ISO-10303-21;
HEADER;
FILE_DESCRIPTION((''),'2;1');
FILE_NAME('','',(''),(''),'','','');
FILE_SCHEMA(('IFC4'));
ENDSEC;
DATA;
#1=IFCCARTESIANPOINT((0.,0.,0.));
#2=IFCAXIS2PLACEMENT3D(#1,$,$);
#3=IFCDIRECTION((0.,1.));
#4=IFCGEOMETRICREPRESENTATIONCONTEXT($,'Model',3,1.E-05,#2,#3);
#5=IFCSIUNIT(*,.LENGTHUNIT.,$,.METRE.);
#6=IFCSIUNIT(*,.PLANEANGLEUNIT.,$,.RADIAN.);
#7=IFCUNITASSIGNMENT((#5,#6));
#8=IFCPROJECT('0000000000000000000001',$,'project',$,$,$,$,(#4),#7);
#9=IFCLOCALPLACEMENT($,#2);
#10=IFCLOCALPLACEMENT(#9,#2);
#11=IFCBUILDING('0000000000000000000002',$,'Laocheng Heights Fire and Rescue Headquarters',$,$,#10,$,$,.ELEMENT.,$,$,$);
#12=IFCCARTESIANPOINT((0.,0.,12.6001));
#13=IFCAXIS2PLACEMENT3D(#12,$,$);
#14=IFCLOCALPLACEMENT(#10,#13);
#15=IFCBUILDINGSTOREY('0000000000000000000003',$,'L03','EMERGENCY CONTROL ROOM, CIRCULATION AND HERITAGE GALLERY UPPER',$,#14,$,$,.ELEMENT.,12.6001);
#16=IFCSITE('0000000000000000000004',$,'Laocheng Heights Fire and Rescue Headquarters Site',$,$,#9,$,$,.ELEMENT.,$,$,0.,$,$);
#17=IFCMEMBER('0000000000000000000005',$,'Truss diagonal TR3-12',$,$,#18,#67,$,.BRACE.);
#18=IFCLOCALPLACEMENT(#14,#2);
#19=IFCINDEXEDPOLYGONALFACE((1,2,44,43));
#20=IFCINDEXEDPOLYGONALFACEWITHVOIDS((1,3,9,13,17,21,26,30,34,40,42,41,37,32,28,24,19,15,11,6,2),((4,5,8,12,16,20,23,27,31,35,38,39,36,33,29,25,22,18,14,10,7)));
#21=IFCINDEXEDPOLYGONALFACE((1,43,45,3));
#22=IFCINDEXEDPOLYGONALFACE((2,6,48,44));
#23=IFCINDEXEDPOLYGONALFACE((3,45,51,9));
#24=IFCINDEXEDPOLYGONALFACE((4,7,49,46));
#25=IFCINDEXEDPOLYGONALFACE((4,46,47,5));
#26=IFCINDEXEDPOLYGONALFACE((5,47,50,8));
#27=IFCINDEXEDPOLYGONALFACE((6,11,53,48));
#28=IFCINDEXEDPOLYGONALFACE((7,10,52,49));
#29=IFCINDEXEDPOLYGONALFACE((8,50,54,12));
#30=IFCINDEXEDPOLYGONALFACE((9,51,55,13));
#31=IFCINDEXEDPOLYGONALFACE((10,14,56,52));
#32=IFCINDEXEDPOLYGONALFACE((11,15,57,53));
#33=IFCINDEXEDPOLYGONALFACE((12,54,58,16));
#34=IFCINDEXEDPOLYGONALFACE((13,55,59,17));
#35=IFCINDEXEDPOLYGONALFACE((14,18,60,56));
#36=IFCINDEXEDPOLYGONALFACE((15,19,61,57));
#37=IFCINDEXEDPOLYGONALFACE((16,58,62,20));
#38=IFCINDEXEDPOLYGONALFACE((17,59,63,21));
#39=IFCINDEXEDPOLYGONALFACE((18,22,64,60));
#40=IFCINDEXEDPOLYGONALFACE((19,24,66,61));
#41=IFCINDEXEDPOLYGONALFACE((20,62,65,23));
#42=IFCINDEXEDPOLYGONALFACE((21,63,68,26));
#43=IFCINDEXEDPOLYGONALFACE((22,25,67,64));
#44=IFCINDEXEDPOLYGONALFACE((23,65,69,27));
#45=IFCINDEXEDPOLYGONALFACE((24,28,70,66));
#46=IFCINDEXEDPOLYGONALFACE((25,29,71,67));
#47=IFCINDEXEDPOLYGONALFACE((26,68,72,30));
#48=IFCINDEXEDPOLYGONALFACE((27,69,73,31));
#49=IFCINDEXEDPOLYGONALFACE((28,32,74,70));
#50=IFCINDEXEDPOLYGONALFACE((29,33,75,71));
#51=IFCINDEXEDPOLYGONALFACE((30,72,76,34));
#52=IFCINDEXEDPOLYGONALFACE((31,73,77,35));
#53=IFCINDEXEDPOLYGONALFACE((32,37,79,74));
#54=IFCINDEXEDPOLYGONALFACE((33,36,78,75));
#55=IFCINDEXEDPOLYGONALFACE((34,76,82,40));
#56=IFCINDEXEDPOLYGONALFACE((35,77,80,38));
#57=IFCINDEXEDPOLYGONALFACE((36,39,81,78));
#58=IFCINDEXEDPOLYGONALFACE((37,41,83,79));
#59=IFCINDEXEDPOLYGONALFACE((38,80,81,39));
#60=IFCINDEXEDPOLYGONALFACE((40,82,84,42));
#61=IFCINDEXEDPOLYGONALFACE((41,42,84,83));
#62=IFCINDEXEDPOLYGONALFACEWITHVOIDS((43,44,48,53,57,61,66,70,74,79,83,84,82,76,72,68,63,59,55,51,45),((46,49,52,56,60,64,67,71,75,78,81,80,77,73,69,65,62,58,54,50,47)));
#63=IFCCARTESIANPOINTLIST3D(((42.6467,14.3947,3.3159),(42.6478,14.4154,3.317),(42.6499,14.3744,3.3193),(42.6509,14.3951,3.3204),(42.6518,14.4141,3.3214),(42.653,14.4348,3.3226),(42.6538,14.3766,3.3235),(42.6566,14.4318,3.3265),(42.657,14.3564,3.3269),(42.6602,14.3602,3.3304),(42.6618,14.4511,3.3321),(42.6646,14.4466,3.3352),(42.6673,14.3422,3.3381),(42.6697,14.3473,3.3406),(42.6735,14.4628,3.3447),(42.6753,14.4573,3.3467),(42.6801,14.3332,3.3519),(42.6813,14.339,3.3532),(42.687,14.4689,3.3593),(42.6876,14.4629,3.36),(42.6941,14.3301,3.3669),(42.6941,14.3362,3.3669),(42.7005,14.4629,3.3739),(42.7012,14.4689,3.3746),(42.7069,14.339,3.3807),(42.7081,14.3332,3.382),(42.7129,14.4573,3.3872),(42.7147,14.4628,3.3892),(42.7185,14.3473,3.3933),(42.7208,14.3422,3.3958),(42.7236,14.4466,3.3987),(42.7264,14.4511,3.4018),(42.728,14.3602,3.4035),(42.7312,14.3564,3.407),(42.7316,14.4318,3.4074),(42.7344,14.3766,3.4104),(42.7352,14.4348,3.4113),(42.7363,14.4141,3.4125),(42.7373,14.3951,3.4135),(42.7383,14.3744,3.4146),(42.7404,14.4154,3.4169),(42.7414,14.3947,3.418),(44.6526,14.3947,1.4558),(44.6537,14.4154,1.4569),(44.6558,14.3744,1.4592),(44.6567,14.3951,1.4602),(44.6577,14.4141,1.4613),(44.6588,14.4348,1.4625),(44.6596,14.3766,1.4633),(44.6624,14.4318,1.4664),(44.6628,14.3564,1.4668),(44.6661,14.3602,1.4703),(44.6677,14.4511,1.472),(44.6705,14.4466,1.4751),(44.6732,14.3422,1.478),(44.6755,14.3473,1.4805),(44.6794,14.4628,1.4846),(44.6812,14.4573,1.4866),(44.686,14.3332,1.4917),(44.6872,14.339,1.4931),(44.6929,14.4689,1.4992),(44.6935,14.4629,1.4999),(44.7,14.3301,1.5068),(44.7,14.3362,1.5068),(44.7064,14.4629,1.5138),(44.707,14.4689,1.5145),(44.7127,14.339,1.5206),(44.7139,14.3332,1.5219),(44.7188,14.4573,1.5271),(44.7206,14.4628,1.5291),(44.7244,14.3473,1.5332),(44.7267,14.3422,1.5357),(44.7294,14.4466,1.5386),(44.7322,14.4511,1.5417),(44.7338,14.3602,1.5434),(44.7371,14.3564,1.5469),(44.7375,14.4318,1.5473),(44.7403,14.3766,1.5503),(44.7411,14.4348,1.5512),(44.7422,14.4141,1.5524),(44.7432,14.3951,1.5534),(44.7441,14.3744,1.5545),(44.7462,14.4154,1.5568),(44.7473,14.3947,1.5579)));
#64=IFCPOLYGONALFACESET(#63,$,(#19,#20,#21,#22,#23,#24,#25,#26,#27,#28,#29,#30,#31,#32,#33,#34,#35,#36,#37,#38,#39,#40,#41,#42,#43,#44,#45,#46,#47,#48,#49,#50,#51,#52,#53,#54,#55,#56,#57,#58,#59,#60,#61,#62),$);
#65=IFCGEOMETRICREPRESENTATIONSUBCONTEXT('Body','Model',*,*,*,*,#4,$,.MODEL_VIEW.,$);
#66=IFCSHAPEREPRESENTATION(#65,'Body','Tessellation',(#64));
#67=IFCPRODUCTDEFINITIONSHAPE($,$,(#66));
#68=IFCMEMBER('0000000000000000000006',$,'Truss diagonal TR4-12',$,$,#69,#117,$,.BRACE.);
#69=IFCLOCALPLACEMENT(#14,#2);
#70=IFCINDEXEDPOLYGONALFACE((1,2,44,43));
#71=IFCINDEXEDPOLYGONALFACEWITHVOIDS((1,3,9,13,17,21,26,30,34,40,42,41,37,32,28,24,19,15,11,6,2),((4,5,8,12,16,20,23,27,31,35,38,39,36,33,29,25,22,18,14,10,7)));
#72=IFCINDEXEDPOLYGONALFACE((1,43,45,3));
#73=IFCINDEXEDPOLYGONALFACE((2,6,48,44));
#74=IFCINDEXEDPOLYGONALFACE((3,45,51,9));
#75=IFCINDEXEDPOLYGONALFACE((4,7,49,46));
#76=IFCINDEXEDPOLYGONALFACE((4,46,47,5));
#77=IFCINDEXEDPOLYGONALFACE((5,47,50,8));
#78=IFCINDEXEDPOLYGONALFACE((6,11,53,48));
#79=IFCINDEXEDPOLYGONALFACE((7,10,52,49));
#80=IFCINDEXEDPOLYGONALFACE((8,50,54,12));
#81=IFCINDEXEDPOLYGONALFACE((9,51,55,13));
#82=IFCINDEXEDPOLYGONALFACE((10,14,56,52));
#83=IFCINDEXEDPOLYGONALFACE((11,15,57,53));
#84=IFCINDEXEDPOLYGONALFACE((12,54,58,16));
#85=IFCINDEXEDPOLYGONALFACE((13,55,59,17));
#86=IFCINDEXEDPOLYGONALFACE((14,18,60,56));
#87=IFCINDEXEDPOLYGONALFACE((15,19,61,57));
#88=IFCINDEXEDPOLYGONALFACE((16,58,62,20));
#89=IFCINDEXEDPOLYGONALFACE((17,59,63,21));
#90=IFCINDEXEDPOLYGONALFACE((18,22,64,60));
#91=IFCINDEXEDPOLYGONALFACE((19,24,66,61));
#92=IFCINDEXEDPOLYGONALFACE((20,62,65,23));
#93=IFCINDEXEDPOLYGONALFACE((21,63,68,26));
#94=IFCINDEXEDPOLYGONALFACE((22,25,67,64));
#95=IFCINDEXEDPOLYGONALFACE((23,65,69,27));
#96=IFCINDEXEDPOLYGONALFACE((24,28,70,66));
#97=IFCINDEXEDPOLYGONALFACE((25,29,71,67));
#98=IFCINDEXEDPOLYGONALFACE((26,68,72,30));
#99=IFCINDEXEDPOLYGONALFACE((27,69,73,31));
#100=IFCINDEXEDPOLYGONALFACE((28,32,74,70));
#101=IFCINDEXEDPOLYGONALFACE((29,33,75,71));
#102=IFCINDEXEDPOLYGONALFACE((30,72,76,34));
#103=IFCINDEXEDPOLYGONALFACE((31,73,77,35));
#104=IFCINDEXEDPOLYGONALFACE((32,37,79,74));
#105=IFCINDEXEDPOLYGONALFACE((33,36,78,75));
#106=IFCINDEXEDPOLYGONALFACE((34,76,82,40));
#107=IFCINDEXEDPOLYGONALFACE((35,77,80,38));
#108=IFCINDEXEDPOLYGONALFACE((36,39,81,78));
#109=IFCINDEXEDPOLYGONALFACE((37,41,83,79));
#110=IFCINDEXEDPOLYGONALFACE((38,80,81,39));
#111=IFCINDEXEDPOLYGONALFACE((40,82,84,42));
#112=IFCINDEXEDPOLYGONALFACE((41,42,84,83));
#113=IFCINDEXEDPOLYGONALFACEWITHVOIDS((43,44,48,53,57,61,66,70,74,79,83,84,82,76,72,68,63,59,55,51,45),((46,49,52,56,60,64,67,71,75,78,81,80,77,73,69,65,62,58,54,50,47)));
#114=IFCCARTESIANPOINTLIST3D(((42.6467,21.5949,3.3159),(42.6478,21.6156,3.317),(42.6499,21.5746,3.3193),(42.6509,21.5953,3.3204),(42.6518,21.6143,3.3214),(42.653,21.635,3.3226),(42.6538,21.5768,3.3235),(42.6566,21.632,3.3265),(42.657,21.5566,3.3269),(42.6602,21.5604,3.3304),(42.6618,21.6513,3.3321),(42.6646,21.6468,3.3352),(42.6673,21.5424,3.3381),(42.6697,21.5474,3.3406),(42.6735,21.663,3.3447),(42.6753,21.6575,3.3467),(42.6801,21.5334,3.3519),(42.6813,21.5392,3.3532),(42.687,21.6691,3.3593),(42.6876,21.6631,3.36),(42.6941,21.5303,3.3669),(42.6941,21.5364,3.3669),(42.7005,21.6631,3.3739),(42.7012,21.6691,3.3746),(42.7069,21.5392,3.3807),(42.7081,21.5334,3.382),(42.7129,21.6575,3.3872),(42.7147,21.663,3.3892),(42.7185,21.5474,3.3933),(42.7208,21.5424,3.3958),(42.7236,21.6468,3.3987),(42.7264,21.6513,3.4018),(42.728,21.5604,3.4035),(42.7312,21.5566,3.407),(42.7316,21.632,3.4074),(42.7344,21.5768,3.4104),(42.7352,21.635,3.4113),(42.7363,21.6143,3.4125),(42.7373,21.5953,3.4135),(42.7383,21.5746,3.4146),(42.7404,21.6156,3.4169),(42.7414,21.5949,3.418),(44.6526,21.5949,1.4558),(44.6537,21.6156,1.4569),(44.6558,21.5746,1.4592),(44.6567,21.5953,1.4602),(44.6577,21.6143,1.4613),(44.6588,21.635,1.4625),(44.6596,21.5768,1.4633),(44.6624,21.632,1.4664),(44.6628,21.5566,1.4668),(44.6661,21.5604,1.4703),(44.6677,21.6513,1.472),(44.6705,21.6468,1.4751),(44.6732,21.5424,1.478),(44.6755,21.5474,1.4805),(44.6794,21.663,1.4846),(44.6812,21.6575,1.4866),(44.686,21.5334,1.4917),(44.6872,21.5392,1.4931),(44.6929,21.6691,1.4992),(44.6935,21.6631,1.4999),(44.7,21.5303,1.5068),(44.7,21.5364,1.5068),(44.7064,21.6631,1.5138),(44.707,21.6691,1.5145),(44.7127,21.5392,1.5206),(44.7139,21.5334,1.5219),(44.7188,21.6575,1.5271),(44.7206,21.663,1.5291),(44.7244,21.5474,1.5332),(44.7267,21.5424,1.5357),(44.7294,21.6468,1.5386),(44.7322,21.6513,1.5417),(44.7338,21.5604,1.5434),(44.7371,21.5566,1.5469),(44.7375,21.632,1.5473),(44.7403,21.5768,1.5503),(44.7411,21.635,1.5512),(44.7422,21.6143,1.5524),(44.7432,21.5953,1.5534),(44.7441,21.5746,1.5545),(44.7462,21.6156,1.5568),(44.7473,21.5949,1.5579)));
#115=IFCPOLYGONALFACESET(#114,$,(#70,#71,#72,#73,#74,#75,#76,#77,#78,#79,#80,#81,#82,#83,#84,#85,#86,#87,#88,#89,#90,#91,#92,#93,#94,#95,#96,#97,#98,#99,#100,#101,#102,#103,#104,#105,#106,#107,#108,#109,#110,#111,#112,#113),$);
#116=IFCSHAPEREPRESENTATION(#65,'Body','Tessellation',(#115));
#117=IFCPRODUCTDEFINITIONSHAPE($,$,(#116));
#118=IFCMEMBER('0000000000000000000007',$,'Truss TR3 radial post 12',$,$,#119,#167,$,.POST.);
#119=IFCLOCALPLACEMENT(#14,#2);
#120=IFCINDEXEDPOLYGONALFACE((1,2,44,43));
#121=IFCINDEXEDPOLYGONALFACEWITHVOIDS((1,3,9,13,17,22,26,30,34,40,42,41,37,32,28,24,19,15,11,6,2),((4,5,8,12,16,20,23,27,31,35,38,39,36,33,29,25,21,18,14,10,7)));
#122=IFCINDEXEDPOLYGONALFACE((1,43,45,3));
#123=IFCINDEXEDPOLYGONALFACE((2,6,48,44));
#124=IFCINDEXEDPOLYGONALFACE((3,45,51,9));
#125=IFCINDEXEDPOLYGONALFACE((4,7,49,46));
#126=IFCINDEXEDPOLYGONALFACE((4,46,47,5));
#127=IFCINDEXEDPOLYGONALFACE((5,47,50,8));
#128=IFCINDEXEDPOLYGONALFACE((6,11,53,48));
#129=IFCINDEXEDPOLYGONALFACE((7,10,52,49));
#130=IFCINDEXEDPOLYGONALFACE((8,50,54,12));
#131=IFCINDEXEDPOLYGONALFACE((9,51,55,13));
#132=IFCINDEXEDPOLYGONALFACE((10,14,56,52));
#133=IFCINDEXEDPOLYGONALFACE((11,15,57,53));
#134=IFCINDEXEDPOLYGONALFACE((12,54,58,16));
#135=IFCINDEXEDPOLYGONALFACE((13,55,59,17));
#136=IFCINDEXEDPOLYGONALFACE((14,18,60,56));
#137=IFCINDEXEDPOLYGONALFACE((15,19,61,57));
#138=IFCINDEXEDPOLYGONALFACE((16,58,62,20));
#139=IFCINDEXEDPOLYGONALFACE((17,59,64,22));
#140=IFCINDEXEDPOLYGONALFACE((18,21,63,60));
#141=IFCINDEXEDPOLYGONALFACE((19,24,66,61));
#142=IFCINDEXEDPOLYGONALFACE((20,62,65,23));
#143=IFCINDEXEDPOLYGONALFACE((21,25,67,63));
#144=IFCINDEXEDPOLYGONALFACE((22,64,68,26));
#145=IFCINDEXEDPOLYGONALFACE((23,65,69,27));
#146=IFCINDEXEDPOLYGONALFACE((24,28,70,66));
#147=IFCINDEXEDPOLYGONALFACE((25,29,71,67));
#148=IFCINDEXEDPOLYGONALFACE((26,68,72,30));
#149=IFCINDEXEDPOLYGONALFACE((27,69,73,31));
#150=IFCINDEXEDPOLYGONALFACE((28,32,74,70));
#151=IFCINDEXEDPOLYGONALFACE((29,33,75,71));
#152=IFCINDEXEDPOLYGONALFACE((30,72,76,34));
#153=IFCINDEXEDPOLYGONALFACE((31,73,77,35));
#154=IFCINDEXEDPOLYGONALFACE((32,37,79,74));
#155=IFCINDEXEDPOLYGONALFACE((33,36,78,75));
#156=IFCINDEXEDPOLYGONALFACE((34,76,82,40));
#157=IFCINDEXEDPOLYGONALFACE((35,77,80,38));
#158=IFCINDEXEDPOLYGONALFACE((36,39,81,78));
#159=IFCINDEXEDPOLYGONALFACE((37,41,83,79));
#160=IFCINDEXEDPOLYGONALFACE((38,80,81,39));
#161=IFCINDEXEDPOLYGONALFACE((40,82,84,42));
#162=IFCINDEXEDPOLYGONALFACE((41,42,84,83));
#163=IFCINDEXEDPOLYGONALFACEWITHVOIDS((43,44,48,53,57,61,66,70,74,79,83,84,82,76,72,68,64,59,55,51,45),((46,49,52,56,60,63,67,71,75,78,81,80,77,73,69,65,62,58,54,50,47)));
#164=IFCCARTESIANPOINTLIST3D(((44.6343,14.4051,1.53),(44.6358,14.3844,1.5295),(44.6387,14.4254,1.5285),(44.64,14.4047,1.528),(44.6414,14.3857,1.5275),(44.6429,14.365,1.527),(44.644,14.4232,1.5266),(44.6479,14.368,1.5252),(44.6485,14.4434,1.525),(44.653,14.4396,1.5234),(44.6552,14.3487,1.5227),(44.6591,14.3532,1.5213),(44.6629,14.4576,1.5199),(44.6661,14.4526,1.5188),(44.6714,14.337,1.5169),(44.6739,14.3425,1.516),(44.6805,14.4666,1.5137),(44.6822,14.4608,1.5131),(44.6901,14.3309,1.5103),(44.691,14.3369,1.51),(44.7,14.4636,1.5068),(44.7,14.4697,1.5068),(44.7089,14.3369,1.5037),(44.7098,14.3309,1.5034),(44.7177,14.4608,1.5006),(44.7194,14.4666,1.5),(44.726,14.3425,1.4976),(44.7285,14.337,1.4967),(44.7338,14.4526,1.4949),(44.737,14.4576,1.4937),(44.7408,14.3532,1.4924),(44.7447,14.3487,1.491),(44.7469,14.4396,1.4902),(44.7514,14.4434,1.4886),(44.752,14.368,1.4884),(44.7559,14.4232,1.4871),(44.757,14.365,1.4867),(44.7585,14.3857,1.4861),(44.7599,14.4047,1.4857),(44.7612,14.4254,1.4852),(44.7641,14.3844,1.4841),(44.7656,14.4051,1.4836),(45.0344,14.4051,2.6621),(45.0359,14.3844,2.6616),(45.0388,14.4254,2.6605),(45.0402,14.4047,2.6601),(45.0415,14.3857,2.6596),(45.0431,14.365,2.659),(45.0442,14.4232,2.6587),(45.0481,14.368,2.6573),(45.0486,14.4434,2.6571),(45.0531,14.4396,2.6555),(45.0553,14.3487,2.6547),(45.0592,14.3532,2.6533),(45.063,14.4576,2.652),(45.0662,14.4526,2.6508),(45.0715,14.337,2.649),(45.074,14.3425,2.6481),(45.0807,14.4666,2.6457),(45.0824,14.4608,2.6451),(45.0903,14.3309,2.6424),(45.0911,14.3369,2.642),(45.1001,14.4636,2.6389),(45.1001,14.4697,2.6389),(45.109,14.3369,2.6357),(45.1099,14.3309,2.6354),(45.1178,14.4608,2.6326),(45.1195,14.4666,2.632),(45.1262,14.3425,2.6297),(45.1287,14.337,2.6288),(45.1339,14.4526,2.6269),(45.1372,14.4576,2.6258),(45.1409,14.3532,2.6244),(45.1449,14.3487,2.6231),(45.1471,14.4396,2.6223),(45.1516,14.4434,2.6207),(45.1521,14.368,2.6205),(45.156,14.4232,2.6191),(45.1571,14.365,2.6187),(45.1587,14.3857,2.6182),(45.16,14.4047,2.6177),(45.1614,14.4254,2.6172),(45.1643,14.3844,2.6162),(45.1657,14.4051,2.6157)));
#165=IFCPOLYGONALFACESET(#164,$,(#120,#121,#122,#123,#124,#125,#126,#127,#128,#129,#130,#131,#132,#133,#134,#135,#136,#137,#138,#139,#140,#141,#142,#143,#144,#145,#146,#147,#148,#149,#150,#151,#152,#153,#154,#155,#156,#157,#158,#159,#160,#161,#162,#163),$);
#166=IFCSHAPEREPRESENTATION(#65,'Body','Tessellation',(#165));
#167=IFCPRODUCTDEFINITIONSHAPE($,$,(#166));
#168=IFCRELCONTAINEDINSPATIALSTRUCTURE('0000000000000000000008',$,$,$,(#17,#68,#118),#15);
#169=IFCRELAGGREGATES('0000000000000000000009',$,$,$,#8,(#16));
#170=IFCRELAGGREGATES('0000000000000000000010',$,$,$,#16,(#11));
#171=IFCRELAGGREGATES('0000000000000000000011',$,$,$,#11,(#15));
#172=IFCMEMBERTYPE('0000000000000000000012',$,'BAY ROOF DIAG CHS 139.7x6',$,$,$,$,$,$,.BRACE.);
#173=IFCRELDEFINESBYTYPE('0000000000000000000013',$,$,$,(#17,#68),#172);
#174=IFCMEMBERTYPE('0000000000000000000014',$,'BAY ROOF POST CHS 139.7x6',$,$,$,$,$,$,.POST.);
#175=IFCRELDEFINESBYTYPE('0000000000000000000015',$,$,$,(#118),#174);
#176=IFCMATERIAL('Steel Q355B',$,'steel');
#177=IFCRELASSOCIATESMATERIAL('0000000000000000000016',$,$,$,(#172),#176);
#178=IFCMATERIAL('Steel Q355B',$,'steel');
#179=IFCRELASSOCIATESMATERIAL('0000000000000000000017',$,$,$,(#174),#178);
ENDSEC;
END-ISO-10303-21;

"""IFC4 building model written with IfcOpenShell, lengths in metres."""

from ifc_helpers import new_model, si_unit, direction, frame, origin, origin_2d, place, context, subcontext, project, spatial, hollow_circle, extrude, material, material_profile, profile_set, type_object, element, save


model = new_model("IFC4")

# Units and contexts
model_context = context("Model", 3, precision=1e-05, world=origin(), true_north=direction((0.0, 1.0)))
body_context = subcontext(model_context, "Body", "Model", "MODEL_VIEW")
ifc_project = project(units=[si_unit("LENGTHUNIT", "METRE"), si_unit("PLANEANGLEUNIT", "RADIAN")], contexts=[model_context])

# Site, building, storey
site_placement = place(None, origin())
site = spatial("IfcSite", under=ifc_project, at=site_placement, Name="Laocheng Heights Fire and Rescue Headquarters Site", CompositionType="ELEMENT", RefElevation=0.0)
building_placement = place(site_placement, origin())
building = spatial("IfcBuilding", under=site, at=building_placement, Name="Laocheng Heights Fire and Rescue Headquarters", CompositionType="ELEMENT")
storey_placement = place(building_placement, frame((0.0, 0.0, 12.6001)))
storey = spatial("IfcBuildingStorey", under=building, at=storey_placement, Name="L03", Description="EMERGENCY CONTROL ROOM, CIRCULATION AND HERITAGE GALLERY UPPER", CompositionType="ELEMENT", Elevation=12.6001)

# Members
ifc_material_1 = material(Name="Steel Q355B", Category="steel")
ifc_material_profile_1 = material_profile(ifc_material_1, hollow_circle(Radius=0.0698, WallThickness=0.0061, at=origin_2d()), Name="CHS 139.7x6")
ifc_profile_set_1 = profile_set([ifc_material_profile_1], Name="Steel Q355B")
member_type_1 = type_object("IfcMemberType", Name="BAY ROOF DIAG CHS 139.7x6", PredefinedType="BRACE", material=ifc_profile_set_1)
for number, where, z_axis, x_axis, name in (
    (1, (44.7, 14.3999, 1.5068), (-0.733245, 0.0, 0.679965), (0.0, -1.0, 0.0), "Truss diagonal TR3-12"),
    (2, (44.7, 21.6001, 1.5068), (-0.733245, 0.0, 0.679965), (0.0, -1.0, 0.0), "Truss diagonal TR4-12"),
):
    element("IfcMember", number, at=place(storey_placement, frame(where, z_axis=z_axis, x_axis=x_axis)), inside=storey, type_object=member_type_1, Name=name, PredefinedType="BRACE", context=body_context, shape_type="SweptSolid", body=[
        extrude(hollow_circle(Radius=0.0698, WallThickness=0.0061, at=origin_2d()), origin(), (0.0, 0.0, 1.0), 2.7356),
    ])
ifc_material_2 = material(Name="Steel Q355B", Category="steel")
ifc_material_profile_2 = material_profile(ifc_material_2, hollow_circle(Radius=0.0698, WallThickness=0.0061, at=origin_2d()), Name="CHS 139.7x6")
ifc_profile_set_2 = profile_set([ifc_material_profile_2], Name="Steel Q355B")
member_type_2 = type_object("IfcMemberType", Name="BAY ROOF POST CHS 139.7x6", PredefinedType="POST", material=ifc_profile_set_2)
for number, where, z_axis, x_axis, name in (
    (3, (44.7, 14.3999, 1.5068), (0.333256, 0.0, 0.942836), (0.0, 1.0, 0.0), "Truss TR3 radial post 12"),
):
    element("IfcMember", number, at=place(storey_placement, frame(where, z_axis=z_axis, x_axis=x_axis)), inside=storey, type_object=member_type_2, Name=name, PredefinedType="POST", context=body_context, shape_type="SweptSolid", body=[
        extrude(hollow_circle(Radius=0.0698, WallThickness=0.0061, at=origin_2d()), origin(), (0.0, 0.0, 1.0), 1.2007),
    ])

save(model, "model.ifc")
